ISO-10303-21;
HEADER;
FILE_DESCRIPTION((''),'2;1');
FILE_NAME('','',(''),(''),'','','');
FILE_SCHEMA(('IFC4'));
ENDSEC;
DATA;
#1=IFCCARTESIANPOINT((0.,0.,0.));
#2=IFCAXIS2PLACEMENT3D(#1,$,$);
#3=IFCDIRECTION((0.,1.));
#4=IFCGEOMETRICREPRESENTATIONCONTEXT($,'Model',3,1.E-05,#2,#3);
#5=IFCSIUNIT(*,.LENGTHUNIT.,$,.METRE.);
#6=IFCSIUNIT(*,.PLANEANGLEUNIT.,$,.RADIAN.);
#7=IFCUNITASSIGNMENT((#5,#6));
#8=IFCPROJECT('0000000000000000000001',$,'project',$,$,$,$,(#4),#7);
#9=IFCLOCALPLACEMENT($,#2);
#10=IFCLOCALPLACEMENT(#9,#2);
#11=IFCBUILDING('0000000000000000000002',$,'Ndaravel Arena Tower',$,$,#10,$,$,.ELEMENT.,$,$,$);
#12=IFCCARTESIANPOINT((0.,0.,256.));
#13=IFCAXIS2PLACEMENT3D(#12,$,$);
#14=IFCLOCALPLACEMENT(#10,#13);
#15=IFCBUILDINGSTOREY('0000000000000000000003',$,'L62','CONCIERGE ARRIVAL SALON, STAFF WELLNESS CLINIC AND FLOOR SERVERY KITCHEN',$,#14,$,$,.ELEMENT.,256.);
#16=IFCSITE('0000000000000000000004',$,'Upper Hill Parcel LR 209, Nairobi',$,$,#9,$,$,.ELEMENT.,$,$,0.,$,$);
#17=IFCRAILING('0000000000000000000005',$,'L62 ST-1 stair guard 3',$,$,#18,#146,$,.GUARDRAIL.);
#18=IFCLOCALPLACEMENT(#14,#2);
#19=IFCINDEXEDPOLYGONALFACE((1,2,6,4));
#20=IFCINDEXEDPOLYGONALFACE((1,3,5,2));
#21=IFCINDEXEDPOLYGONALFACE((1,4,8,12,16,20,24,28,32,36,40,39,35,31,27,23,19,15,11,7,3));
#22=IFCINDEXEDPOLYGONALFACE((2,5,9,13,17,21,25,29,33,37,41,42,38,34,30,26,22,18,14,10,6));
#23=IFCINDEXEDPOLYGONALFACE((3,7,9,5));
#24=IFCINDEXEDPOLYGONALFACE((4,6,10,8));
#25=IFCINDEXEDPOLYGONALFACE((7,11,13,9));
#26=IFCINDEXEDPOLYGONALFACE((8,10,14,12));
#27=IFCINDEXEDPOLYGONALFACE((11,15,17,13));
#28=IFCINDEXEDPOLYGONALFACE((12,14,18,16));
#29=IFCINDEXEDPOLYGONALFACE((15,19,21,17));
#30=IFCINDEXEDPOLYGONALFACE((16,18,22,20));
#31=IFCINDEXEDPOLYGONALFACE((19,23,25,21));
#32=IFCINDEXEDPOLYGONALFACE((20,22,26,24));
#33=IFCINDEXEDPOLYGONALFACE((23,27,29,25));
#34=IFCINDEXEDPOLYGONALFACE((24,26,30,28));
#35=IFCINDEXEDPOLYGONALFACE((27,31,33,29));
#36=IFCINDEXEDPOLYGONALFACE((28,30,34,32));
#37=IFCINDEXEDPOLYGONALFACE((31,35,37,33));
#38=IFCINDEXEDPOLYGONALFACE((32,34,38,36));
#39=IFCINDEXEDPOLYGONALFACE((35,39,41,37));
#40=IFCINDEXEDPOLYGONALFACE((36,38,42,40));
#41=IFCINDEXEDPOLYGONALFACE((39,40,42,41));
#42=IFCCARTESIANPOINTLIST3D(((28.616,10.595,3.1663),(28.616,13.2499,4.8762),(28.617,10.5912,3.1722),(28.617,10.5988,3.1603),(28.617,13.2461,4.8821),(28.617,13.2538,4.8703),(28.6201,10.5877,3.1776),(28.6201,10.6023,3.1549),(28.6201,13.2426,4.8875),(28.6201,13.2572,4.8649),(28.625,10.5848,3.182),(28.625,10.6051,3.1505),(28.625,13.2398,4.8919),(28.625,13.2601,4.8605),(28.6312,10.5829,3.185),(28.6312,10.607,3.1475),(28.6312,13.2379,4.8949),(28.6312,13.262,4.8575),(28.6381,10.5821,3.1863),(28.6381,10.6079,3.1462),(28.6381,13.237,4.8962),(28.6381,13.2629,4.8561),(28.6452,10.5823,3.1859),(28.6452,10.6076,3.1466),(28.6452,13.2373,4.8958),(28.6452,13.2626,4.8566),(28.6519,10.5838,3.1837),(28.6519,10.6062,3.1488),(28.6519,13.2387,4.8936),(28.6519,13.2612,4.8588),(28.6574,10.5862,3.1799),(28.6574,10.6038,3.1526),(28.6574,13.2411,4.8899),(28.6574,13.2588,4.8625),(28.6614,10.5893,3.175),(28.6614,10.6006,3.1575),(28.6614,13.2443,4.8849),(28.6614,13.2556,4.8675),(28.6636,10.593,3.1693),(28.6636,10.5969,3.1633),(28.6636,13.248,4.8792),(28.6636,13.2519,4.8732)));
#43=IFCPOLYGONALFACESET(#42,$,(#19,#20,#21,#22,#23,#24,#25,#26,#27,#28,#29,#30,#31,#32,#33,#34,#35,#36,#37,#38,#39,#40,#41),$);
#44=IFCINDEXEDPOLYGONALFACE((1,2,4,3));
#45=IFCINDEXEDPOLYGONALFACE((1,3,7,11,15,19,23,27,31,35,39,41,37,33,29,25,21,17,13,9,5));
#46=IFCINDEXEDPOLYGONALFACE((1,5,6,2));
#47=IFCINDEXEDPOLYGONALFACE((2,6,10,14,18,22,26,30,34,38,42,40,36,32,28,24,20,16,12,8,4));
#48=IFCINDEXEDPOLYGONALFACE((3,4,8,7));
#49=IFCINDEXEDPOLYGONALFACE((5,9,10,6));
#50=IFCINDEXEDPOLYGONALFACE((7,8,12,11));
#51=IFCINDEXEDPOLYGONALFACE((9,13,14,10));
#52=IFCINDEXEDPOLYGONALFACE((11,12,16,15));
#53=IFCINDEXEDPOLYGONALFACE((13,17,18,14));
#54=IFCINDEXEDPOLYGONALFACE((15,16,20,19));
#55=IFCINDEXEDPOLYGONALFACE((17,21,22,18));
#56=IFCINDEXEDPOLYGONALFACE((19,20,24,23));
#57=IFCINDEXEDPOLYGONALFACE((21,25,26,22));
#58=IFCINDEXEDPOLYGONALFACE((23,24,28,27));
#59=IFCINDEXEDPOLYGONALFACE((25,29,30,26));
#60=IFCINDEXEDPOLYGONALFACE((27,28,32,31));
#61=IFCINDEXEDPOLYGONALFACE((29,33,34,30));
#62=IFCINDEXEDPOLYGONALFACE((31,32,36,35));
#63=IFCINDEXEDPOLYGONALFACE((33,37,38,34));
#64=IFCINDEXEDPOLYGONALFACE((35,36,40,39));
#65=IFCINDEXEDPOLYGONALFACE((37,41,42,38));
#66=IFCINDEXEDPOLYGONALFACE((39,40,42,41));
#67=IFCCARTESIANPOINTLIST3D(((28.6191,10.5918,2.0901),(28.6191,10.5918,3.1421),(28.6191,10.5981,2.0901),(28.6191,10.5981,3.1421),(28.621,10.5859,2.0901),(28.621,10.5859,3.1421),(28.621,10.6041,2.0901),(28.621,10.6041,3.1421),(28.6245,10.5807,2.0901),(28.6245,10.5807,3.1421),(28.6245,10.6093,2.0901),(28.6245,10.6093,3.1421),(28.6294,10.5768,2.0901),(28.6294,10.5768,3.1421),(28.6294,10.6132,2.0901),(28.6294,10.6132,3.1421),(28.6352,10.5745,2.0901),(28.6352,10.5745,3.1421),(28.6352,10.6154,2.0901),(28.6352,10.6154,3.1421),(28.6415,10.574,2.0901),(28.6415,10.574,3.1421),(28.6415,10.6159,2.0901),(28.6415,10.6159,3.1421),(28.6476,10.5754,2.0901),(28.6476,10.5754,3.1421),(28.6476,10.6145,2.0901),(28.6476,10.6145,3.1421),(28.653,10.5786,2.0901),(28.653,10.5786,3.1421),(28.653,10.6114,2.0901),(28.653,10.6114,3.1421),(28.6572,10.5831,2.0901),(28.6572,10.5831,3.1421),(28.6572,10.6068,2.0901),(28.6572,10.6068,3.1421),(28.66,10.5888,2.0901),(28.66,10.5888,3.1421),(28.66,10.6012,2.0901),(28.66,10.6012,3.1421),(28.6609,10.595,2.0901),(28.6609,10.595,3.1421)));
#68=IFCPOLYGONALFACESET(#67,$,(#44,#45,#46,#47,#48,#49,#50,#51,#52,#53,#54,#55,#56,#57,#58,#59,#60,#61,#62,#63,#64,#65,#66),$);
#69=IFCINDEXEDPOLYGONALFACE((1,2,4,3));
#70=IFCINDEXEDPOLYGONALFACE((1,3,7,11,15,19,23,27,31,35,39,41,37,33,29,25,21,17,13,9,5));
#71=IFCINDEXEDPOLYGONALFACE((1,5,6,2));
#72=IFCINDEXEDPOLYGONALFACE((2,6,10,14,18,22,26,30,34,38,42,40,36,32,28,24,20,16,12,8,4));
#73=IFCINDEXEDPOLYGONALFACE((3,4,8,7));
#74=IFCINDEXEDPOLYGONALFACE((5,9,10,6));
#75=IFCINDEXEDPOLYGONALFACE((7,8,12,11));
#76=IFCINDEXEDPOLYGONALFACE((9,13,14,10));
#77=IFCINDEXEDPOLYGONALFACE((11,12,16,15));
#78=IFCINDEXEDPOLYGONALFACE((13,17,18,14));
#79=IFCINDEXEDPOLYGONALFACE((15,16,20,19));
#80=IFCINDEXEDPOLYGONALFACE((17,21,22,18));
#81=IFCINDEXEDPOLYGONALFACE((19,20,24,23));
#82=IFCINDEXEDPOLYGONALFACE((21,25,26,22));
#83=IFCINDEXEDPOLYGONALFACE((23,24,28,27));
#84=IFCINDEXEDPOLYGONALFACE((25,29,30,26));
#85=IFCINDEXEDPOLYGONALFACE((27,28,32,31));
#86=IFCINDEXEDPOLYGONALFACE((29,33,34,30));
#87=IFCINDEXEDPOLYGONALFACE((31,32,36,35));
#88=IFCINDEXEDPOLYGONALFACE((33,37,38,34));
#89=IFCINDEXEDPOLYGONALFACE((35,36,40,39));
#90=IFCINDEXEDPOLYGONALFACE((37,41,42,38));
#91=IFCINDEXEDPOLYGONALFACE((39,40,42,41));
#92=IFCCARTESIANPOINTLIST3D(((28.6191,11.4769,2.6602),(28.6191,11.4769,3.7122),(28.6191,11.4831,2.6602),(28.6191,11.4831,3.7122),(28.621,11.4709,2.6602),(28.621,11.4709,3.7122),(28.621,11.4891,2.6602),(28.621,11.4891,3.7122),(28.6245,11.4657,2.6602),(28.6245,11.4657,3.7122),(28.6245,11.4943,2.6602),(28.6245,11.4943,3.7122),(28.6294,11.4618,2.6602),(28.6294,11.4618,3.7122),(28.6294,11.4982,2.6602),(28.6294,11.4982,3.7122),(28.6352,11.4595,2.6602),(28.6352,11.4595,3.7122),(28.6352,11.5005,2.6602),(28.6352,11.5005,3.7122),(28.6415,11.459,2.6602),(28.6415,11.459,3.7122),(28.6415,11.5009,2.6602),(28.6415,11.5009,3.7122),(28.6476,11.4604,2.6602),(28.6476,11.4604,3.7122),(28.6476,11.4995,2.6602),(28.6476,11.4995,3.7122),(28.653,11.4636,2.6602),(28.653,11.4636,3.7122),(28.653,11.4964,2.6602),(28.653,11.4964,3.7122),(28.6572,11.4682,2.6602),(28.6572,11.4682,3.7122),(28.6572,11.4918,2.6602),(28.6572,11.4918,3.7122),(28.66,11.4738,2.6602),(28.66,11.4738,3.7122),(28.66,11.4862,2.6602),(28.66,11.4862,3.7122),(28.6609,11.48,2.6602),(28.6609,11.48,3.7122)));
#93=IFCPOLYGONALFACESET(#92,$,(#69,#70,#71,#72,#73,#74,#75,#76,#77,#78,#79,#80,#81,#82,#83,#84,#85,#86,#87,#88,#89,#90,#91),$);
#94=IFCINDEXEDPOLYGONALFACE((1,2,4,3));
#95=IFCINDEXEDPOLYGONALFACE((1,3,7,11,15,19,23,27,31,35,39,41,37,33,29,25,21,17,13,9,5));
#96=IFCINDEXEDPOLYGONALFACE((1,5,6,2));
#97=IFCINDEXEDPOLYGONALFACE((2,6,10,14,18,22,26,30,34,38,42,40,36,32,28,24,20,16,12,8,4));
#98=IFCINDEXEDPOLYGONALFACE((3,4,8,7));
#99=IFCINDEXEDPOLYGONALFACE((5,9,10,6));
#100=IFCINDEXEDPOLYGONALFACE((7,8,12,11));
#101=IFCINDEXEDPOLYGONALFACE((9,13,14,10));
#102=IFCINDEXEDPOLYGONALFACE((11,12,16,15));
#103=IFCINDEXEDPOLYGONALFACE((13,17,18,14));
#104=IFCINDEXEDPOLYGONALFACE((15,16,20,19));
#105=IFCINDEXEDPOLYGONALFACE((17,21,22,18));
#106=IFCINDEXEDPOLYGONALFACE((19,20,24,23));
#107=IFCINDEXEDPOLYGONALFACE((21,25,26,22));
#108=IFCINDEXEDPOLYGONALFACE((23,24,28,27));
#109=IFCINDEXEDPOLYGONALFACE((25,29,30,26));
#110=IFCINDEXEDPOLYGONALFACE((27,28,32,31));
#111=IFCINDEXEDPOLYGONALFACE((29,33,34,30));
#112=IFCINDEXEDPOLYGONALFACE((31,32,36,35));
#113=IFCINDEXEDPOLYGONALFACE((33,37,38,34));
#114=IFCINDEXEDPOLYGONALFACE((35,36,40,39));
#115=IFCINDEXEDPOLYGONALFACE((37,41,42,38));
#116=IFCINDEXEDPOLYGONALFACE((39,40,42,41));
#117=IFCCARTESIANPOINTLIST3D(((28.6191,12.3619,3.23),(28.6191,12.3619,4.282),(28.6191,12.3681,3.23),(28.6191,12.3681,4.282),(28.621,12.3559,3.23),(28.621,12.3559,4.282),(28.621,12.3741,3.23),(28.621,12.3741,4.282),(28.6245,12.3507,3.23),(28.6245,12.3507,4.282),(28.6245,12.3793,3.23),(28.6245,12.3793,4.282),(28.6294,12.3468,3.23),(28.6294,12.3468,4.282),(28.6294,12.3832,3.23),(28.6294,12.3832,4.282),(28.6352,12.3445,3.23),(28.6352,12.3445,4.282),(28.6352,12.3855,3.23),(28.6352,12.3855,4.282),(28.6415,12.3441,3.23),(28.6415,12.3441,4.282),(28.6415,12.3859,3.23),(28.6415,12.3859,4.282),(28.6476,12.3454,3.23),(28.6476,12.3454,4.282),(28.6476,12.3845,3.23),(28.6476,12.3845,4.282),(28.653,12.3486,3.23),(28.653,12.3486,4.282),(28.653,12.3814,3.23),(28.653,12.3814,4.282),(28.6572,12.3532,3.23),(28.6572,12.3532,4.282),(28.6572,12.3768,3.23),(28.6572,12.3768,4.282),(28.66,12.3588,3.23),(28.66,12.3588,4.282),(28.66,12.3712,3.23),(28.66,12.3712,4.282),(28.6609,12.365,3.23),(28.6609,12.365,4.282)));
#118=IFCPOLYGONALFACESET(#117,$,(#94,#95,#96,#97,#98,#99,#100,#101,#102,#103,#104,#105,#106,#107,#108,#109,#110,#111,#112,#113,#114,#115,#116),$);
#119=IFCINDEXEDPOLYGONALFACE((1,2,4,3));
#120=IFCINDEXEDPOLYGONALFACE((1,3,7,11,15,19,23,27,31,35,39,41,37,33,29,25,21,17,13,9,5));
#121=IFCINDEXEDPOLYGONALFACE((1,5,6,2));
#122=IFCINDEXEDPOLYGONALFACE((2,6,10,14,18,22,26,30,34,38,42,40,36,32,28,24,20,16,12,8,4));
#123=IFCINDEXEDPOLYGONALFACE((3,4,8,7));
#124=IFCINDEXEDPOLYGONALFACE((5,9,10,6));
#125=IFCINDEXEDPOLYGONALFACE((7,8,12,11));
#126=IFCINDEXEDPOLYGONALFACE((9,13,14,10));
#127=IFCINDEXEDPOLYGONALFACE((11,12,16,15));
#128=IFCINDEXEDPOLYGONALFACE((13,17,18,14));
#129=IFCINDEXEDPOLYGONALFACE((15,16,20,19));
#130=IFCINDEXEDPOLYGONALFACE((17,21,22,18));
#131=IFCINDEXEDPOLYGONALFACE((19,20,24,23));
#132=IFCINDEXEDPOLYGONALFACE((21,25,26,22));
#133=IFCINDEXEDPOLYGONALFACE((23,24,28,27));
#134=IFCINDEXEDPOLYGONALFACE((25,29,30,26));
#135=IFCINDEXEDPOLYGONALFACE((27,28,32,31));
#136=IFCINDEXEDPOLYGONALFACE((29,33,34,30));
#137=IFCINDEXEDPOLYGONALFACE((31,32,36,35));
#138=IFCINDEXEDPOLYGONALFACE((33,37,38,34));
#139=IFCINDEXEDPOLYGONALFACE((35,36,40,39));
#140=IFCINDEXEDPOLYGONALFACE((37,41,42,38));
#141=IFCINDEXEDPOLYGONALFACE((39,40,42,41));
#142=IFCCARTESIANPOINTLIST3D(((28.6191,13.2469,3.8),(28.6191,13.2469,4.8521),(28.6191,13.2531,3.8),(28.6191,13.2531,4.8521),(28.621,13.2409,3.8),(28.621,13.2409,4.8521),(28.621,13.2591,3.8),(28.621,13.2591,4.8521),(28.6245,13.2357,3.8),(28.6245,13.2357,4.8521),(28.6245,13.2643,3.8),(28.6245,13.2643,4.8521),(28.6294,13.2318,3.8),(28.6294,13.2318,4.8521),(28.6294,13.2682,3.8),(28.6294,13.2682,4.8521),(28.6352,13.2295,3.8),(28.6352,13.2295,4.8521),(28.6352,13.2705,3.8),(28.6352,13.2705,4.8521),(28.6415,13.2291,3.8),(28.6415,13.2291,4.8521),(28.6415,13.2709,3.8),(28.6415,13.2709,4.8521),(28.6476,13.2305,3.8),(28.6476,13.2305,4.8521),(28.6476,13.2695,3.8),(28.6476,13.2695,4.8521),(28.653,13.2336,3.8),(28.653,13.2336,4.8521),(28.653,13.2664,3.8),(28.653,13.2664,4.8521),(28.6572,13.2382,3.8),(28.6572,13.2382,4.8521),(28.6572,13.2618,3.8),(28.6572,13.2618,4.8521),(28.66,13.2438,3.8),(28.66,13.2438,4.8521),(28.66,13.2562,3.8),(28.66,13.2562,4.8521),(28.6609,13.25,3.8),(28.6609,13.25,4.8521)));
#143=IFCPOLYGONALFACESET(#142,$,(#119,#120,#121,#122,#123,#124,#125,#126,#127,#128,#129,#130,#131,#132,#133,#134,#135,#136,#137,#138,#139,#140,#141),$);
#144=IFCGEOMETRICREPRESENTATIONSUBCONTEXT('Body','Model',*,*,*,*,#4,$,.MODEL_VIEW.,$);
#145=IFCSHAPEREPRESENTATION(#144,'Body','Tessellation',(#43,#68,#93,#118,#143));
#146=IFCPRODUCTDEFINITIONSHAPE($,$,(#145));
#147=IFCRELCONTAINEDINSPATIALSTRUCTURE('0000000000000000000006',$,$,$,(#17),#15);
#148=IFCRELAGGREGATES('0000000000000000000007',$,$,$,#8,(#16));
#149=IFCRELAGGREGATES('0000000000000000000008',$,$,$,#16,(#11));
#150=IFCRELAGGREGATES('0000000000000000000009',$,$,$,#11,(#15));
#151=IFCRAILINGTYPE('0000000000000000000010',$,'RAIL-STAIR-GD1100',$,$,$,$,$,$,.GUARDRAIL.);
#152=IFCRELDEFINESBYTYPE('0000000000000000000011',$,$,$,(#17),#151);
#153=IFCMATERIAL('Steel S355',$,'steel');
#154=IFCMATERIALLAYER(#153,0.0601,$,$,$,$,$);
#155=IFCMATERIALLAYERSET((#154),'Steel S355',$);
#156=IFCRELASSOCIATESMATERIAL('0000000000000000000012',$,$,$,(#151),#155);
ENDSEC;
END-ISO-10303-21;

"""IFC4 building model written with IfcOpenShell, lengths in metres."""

from ifc_helpers import new_model, si_unit, direction, frame, origin, origin_2d, place, context, subcontext, project, spatial, circle, extrude, material, layer, layer_set, type_object, element, save


model = new_model("IFC4")

# Units and contexts
model_context = context("Model", 3, precision=1e-05, world=origin(), true_north=direction((0.0, 1.0)))
body_context = subcontext(model_context, "Body", "Model", "MODEL_VIEW")
ifc_project = project(units=[si_unit("LENGTHUNIT", "METRE"), si_unit("PLANEANGLEUNIT", "RADIAN")], contexts=[model_context])

# Site, building, storey
site_placement = place(None, origin())
site = spatial("IfcSite", under=ifc_project, at=site_placement, Name="Upper Hill Parcel LR 209, Nairobi", CompositionType="ELEMENT", RefElevation=0.0)
building_placement = place(site_placement, origin())
building = spatial("IfcBuilding", under=site, at=building_placement, Name="Ndaravel Arena Tower", CompositionType="ELEMENT")
storey_placement = place(building_placement, frame((0.0, 0.0, 256.0)))
storey = spatial("IfcBuildingStorey", under=building, at=storey_placement, Name="L62", Description="CONCIERGE ARRIVAL SALON, STAFF WELLNESS CLINIC AND FLOOR SERVERY KITCHEN", CompositionType="ELEMENT", Elevation=256.0)

# Railing
ifc_material_1 = material(Name="Steel S355", Category="steel")
ifc_layer_1 = layer(ifc_material_1, 0.0601)
ifc_layer_set_1 = layer_set([ifc_layer_1], Name="Steel S355")
railing_type_1 = type_object("IfcRailingType", Name="RAIL-STAIR-GD1100", PredefinedType="GUARDRAIL", material=ifc_layer_set_1)
railing_1_placement = place(storey_placement, frame((28.6399, 10.595, 2.0901)))
element("IfcRailing", 1, at=railing_1_placement, inside=storey, type_object=railing_type_1, Name="L62 ST-1 stair guard 3", PredefinedType="GUARDRAIL", context=body_context, shape_type="SweptSolid", body=[
    extrude(circle(Radius=0.0239, at=origin_2d()), frame((0.0, 0.0, 1.0762), z_axis=(0.0, 0.840724, 0.541465), x_axis=(-1.0, 0.0, 0.0)), (0.0, 0.0, 1.0), 3.158),
    extrude(circle(Radius=0.021, at=origin_2d()), origin(), (0.0, 0.0, 1.0), 1.052),
    extrude(circle(Radius=0.021, at=origin_2d()), frame((0.0, 0.885, 0.5701)), (0.0, 0.0, 1.0), 1.052),
    extrude(circle(Radius=0.021, at=origin_2d()), frame((0.0, 1.77, 1.1399)), (0.0, 0.0, 1.0), 1.052),
    extrude(circle(Radius=0.021, at=origin_2d()), frame((0.0, 2.655, 1.71)), (0.0, 0.0, 1.0), 1.052),
])

save(model, "model.ifc")
